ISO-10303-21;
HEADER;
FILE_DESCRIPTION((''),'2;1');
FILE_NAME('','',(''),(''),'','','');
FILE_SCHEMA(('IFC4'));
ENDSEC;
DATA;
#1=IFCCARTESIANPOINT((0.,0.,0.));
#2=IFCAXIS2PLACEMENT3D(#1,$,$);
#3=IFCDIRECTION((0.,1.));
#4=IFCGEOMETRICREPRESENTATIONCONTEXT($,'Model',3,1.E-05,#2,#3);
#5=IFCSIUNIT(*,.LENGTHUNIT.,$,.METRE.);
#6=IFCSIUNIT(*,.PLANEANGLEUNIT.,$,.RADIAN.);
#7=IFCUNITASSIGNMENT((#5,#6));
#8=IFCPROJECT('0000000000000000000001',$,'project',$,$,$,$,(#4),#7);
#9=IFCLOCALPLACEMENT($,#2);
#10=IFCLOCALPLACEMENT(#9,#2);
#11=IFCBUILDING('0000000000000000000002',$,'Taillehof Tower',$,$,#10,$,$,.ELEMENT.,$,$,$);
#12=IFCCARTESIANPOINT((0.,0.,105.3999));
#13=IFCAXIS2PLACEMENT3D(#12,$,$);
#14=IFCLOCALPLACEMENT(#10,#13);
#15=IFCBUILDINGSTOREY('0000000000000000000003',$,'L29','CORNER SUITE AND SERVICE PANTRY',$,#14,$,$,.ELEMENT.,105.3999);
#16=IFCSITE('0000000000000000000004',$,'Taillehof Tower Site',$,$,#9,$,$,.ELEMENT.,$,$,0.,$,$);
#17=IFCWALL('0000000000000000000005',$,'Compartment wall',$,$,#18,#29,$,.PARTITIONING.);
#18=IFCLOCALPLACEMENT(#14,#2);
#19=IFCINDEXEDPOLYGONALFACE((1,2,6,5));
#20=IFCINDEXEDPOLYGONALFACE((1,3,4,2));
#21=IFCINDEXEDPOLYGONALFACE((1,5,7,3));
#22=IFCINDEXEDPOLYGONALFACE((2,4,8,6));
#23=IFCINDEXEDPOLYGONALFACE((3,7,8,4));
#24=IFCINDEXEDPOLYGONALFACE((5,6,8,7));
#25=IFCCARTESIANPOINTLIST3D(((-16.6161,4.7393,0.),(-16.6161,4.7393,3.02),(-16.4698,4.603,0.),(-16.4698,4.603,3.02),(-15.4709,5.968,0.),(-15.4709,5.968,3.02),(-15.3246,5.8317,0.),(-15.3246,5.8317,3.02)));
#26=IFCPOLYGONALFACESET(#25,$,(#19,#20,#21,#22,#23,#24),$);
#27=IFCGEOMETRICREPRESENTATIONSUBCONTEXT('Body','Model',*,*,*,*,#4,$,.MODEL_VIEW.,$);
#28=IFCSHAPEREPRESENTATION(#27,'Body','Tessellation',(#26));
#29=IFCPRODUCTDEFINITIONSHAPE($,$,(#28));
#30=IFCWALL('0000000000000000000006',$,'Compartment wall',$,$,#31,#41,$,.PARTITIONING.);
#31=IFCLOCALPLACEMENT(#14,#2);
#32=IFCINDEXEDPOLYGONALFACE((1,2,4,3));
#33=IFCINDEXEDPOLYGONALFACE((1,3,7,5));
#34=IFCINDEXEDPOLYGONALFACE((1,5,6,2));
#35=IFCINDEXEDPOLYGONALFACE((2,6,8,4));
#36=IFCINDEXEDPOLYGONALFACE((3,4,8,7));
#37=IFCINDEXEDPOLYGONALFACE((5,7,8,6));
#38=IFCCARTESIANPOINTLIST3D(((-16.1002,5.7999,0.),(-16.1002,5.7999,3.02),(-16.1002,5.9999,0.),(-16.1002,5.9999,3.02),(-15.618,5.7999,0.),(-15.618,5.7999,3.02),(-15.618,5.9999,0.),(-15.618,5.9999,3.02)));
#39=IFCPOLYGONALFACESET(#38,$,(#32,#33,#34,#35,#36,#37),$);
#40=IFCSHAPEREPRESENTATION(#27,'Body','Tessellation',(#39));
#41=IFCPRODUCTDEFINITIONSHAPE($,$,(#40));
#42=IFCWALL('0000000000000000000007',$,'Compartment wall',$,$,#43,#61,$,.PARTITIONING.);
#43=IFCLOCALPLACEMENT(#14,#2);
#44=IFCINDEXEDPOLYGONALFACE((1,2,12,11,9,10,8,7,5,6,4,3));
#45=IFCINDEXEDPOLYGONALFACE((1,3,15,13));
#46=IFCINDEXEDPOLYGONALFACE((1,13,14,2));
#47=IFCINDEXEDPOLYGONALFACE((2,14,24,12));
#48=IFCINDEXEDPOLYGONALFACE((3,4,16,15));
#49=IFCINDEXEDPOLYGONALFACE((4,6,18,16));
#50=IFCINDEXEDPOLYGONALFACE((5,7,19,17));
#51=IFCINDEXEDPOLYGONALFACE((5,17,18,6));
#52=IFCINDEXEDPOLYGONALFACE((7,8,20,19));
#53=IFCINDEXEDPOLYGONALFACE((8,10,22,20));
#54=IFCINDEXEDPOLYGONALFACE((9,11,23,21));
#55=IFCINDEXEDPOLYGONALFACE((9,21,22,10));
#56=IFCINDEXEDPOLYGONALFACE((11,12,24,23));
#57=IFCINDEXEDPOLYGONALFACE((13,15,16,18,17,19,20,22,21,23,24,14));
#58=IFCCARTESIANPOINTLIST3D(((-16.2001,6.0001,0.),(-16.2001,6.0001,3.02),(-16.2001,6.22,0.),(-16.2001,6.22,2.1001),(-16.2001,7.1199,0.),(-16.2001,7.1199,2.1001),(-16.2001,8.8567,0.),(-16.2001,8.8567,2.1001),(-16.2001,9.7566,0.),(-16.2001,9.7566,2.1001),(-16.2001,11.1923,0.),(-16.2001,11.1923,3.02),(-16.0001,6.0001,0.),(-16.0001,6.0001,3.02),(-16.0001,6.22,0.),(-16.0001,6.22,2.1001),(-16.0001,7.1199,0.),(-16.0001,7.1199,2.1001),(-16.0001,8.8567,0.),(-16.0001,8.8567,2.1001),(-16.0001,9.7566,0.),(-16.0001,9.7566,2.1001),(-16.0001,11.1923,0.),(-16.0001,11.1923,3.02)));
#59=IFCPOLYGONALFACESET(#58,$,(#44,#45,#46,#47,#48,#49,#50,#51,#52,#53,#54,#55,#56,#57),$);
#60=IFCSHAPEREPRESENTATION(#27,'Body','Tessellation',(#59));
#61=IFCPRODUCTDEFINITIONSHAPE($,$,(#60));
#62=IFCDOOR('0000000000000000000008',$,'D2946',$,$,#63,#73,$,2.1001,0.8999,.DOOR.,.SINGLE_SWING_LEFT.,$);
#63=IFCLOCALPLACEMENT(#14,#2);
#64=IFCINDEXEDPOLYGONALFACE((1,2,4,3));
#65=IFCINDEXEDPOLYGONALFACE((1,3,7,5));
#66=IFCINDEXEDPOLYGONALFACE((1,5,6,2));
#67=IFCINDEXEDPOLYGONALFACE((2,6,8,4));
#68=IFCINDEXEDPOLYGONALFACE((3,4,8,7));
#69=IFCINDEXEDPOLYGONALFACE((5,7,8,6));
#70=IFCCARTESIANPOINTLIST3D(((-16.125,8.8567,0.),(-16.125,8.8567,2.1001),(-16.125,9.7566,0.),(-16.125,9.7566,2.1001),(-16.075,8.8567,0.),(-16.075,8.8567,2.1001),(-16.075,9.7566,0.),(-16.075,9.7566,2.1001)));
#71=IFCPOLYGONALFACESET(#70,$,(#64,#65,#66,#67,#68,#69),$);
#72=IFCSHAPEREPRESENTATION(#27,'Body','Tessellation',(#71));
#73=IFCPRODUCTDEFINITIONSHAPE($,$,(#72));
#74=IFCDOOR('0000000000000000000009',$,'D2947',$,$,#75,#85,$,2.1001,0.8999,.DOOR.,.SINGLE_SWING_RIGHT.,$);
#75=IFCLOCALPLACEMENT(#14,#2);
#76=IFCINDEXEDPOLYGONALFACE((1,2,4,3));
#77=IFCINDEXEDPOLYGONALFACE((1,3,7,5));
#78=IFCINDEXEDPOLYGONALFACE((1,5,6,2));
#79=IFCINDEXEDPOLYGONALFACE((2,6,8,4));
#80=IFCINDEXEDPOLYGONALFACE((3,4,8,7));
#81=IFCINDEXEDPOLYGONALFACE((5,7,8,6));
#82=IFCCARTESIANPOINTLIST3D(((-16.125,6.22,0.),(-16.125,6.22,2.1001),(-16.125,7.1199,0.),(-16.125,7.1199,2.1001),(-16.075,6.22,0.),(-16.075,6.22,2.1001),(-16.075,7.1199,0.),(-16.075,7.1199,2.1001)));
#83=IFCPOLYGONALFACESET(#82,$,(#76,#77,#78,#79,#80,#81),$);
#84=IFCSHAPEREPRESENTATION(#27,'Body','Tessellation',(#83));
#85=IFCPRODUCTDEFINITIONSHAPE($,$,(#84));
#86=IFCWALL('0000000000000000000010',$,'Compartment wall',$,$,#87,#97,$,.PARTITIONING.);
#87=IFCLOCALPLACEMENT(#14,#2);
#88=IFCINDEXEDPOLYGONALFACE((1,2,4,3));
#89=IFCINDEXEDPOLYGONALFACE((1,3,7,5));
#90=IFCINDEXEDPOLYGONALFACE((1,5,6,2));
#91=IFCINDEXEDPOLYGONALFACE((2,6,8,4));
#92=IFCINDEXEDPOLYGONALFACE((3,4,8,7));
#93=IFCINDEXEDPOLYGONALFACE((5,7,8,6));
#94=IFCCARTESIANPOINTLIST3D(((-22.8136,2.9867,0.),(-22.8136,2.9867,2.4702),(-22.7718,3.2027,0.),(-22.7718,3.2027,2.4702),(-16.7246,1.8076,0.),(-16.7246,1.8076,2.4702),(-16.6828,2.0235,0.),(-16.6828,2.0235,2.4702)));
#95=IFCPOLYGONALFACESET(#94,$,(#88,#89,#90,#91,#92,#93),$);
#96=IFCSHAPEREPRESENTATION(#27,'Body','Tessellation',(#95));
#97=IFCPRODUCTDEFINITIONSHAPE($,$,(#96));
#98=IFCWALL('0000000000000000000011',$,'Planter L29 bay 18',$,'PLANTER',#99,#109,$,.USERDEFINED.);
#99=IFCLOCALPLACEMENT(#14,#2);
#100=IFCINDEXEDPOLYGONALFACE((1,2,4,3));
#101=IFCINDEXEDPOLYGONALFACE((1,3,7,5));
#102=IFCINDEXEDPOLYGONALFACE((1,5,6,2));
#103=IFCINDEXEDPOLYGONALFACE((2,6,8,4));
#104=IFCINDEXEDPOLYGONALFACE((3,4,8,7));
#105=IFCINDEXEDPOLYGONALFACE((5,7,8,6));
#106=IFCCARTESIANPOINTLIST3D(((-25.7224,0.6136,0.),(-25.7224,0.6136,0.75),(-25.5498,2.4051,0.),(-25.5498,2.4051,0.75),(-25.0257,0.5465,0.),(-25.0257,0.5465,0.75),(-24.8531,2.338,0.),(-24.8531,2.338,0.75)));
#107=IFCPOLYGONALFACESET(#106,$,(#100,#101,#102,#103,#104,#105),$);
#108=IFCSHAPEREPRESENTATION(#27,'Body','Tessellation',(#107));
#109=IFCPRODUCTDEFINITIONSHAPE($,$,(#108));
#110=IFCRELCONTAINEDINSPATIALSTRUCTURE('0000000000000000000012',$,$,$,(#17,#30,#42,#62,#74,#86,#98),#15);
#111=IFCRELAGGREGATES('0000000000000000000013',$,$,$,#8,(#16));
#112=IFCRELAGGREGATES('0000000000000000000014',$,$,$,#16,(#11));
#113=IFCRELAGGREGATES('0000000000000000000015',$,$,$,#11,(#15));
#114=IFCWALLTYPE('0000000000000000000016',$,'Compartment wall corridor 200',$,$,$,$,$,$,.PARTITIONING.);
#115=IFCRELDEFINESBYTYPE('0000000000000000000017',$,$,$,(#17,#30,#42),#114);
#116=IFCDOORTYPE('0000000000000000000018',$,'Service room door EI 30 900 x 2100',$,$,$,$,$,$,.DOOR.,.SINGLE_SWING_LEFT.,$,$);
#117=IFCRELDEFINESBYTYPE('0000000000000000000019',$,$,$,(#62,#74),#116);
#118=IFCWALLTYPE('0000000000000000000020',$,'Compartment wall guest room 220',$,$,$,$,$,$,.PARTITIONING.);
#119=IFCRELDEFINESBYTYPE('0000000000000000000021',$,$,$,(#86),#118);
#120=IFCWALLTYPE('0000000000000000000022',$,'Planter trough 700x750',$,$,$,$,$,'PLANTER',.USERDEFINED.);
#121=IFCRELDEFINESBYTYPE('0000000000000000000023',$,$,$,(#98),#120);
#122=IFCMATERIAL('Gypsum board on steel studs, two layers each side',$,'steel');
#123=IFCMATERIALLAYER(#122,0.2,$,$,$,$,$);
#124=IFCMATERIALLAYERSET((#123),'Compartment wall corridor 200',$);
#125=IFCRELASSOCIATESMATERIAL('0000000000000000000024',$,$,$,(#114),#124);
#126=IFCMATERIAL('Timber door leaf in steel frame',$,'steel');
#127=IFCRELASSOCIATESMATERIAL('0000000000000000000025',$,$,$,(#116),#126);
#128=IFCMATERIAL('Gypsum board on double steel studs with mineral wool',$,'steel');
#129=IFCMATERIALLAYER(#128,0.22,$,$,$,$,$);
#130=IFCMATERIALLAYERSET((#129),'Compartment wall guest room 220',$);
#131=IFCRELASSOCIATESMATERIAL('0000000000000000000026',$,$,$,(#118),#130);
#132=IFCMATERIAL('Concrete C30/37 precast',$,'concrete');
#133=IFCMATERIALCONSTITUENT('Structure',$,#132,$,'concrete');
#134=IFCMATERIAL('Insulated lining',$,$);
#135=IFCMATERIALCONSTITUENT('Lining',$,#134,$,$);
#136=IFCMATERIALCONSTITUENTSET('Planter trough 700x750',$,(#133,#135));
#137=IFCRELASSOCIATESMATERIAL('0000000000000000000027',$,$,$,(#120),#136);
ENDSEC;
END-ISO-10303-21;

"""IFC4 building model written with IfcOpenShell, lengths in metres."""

from ifc_helpers import new_model, si_unit, direction, frame, frame_2d, origin, place, context, subcontext, project, spatial, rectangle, extrude, material, layer, layer_set, constituent, constituent_set, type_object, element, fill, save


model = new_model("IFC4")

# Units and contexts
model_context = context("Model", 3, precision=1e-05, world=origin(), true_north=direction((0.0, 1.0)))
body_context = subcontext(model_context, "Body", "Model", "MODEL_VIEW")
ifc_project = project(units=[si_unit("LENGTHUNIT", "METRE"), si_unit("PLANEANGLEUNIT", "RADIAN")], contexts=[model_context])

# Site, building, storey
site_placement = place(None, origin())
site = spatial("IfcSite", under=ifc_project, at=site_placement, Name="Taillehof Tower Site", CompositionType="ELEMENT", RefElevation=0.0)
building_placement = place(site_placement, origin())
building = spatial("IfcBuilding", under=site, at=building_placement, Name="Taillehof Tower", CompositionType="ELEMENT")
storey_placement = place(building_placement, frame((0.0, 0.0, 105.3999)))
storey = spatial("IfcBuildingStorey", under=building, at=storey_placement, Name="L29", Description="CORNER SUITE AND SERVICE PANTRY", CompositionType="ELEMENT", Elevation=105.3999)

# Walls
ifc_material_1 = material(Name="Gypsum board on steel studs, two layers each side", Category="steel")
ifc_layer_1 = layer(ifc_material_1, 0.2)
ifc_layer_set_1 = layer_set([ifc_layer_1], Name="Compartment wall corridor 200")
wall_type_1 = type_object("IfcWallType", Name="Compartment wall corridor 200", PredefinedType="PARTITIONING", material=ifc_layer_set_1)
wall_1_placement = place(storey_placement, frame((-16.543, 4.6711, 0.0), z_axis=(0.0, 0.0, 1.0), x_axis=(0.681816, 0.731524, 0.0)))
element("IfcWall", 1, at=wall_1_placement, inside=storey, type_object=wall_type_1, Name="Compartment wall", PredefinedType="PARTITIONING", context=body_context, shape_type="SweptSolid", body=[
    extrude(rectangle(XDim=1.6797, YDim=0.2, at=frame_2d((0.8398, 0.0))), origin(), (0.0, 0.0, 1.0), 3.02),
])
wall_2_placement = place(storey_placement, frame((-15.6179, 5.8999, 0.0), z_axis=(0.0, 0.0, 1.0), x_axis=(-1.0, 0.0, 0.0)))
element("IfcWall", 2, at=wall_2_placement, inside=storey, type_object=wall_type_1, Name="Compartment wall", PredefinedType="PARTITIONING", context=body_context, shape_type="SweptSolid", body=[
    extrude(rectangle(XDim=0.4822, YDim=0.2, at=frame_2d((0.2412, 0.0))), origin(), (0.0, 0.0, 1.0), 3.02),
])

# Wall, openings, doors
wall_3_placement = place(storey_placement, frame((-16.1001, 6.0, 0.0), z_axis=(0.0, 0.0, 1.0), x_axis=(0.0, 1.0, 0.0)))
wall_3 = element("IfcWall", 3, at=wall_3_placement, inside=storey, type_object=wall_type_1, Name="Compartment wall", PredefinedType="PARTITIONING", context=body_context, shape_type="SweptSolid", body=[
    extrude(rectangle(XDim=5.1921, YDim=0.2, at=frame_2d((2.5962, 0.0))), origin(), (0.0, 0.0, 1.0), 3.02),
])
opening_1_placement = place(wall_3_placement, frame((2.8567, 0.0, 0.0)))
opening_1 = element("IfcOpeningElement", 4, at=opening_1_placement, cuts=wall_3, PredefinedType="OPENING", context=body_context, shape_type="SweptSolid", body=[
    extrude(rectangle(XDim=0.8999, YDim=2.1001, at=frame_2d((0.45, 1.05))), frame((0.0, 0.1099, 0.0), z_axis=(0.0, -1.0, 0.0), x_axis=(1.0, 0.0, 0.0)), (0.0, 0.0, 1.0), 0.22),
])
opening_2_placement = place(wall_3_placement, frame((0.22, 0.0, 0.0)))
opening_2 = element("IfcOpeningElement", 5, at=opening_2_placement, cuts=wall_3, PredefinedType="OPENING", context=body_context, shape_type="SweptSolid", body=[
    extrude(rectangle(XDim=0.8999, YDim=2.1001, at=frame_2d((0.45, 1.05))), frame((0.0, 0.1099, 0.0), z_axis=(0.0, -1.0, 0.0), x_axis=(1.0, 0.0, 0.0)), (0.0, 0.0, 1.0), 0.22),
])
ifc_material_2 = material(Name="Timber door leaf in steel frame", Category="steel")
door_type_1 = type_object("IfcDoorType", Name="Service room door EI 30 900 x 2100", OperationType="SINGLE_SWING_LEFT", PredefinedType="DOOR", material=ifc_material_2)
door_1_placement = place(opening_1_placement, origin())
door_1 = element("IfcDoor", 6, at=door_1_placement, inside=storey, type_object=door_type_1, Name="D2946", OperationType="SINGLE_SWING_LEFT", OverallHeight=2.1001, OverallWidth=0.8999, PredefinedType="DOOR", context=body_context, shape_type="SweptSolid", body=[
    extrude(rectangle(XDim=0.8999, YDim=2.1001, at=frame_2d((0.45, 1.05))), frame((0.0, 0.0249, 0.0), z_axis=(0.0, -1.0, 0.0), x_axis=(1.0, 0.0, 0.0)), (0.0, 0.0, 1.0), 0.05),
])
fill(opening_1, door_1)
door_2_placement = place(opening_2_placement, origin())
door_2 = element("IfcDoor", 7, at=door_2_placement, inside=storey, type_object=door_type_1, Name="D2947", OperationType="SINGLE_SWING_RIGHT", OverallHeight=2.1001, OverallWidth=0.8999, PredefinedType="DOOR", context=body_context, shape_type="SweptSolid", body=[
    extrude(rectangle(XDim=0.8999, YDim=2.1001, at=frame_2d((0.45, 1.05))), frame((0.0, 0.0249, 0.0), z_axis=(0.0, -1.0, 0.0), x_axis=(1.0, 0.0, 0.0)), (0.0, 0.0, 1.0), 0.05),
])
fill(opening_2, door_2)

# Walls
ifc_material_3 = material(Name="Gypsum board on double steel studs with mineral wool", Category="steel")
ifc_layer_2 = layer(ifc_material_3, 0.22)
ifc_layer_set_2 = layer_set([ifc_layer_2], Name="Compartment wall guest room 220")
wall_type_2 = type_object("IfcWallType", Name="Compartment wall guest room 220", PredefinedType="PARTITIONING", material=ifc_layer_set_2)
wall_4_placement = place(storey_placement, frame((-22.7927, 3.0947, 0.0), z_axis=(0.0, 0.0, 1.0), x_axis=(0.98176, -0.190125, 0.0)))
element("IfcWall", 8, at=wall_4_placement, inside=storey, type_object=wall_type_2, Name="Compartment wall", PredefinedType="PARTITIONING", context=body_context, shape_type="SweptSolid", body=[
    extrude(rectangle(XDim=6.2021, YDim=0.22, at=frame_2d((3.1011, 0.0))), origin(), (0.0, 0.0, 1.0), 2.4702),
])
ifc_material_4 = material(Name="Concrete C30/37 precast", Category="concrete")
ifc_constituent_1 = constituent(ifc_material_4, Name="Structure", Category="concrete")
ifc_material_5 = material(Name="Insulated lining")
ifc_constituent_2 = constituent(ifc_material_5, Name="Lining")
ifc_constituent_set = constituent_set(constituents=[ifc_constituent_1, ifc_constituent_2], Name="Planter trough 700x750")
wall_type_3 = type_object("IfcWallType", Name="Planter trough 700x750", ElementType="PLANTER", PredefinedType="USERDEFINED", material=ifc_constituent_set)
wall_5_placement = place(storey_placement, frame((-25.2014, 2.3716, 0.0), z_axis=(0.0, 0.0, 1.0), x_axis=(-0.095904, -0.995391, 0.0)))
element("IfcWall", 9, at=wall_5_placement, inside=storey, type_object=wall_type_3, Name="Planter L29 bay 18", ObjectType="PLANTER", PredefinedType="USERDEFINED", context=body_context, shape_type="SweptSolid", body=[
    extrude(rectangle(XDim=1.7998, YDim=0.7, at=frame_2d((0.8999, 0.0))), origin(), (0.0, 0.0, 1.0), 0.75),
])

save(model, "model.ifc")
